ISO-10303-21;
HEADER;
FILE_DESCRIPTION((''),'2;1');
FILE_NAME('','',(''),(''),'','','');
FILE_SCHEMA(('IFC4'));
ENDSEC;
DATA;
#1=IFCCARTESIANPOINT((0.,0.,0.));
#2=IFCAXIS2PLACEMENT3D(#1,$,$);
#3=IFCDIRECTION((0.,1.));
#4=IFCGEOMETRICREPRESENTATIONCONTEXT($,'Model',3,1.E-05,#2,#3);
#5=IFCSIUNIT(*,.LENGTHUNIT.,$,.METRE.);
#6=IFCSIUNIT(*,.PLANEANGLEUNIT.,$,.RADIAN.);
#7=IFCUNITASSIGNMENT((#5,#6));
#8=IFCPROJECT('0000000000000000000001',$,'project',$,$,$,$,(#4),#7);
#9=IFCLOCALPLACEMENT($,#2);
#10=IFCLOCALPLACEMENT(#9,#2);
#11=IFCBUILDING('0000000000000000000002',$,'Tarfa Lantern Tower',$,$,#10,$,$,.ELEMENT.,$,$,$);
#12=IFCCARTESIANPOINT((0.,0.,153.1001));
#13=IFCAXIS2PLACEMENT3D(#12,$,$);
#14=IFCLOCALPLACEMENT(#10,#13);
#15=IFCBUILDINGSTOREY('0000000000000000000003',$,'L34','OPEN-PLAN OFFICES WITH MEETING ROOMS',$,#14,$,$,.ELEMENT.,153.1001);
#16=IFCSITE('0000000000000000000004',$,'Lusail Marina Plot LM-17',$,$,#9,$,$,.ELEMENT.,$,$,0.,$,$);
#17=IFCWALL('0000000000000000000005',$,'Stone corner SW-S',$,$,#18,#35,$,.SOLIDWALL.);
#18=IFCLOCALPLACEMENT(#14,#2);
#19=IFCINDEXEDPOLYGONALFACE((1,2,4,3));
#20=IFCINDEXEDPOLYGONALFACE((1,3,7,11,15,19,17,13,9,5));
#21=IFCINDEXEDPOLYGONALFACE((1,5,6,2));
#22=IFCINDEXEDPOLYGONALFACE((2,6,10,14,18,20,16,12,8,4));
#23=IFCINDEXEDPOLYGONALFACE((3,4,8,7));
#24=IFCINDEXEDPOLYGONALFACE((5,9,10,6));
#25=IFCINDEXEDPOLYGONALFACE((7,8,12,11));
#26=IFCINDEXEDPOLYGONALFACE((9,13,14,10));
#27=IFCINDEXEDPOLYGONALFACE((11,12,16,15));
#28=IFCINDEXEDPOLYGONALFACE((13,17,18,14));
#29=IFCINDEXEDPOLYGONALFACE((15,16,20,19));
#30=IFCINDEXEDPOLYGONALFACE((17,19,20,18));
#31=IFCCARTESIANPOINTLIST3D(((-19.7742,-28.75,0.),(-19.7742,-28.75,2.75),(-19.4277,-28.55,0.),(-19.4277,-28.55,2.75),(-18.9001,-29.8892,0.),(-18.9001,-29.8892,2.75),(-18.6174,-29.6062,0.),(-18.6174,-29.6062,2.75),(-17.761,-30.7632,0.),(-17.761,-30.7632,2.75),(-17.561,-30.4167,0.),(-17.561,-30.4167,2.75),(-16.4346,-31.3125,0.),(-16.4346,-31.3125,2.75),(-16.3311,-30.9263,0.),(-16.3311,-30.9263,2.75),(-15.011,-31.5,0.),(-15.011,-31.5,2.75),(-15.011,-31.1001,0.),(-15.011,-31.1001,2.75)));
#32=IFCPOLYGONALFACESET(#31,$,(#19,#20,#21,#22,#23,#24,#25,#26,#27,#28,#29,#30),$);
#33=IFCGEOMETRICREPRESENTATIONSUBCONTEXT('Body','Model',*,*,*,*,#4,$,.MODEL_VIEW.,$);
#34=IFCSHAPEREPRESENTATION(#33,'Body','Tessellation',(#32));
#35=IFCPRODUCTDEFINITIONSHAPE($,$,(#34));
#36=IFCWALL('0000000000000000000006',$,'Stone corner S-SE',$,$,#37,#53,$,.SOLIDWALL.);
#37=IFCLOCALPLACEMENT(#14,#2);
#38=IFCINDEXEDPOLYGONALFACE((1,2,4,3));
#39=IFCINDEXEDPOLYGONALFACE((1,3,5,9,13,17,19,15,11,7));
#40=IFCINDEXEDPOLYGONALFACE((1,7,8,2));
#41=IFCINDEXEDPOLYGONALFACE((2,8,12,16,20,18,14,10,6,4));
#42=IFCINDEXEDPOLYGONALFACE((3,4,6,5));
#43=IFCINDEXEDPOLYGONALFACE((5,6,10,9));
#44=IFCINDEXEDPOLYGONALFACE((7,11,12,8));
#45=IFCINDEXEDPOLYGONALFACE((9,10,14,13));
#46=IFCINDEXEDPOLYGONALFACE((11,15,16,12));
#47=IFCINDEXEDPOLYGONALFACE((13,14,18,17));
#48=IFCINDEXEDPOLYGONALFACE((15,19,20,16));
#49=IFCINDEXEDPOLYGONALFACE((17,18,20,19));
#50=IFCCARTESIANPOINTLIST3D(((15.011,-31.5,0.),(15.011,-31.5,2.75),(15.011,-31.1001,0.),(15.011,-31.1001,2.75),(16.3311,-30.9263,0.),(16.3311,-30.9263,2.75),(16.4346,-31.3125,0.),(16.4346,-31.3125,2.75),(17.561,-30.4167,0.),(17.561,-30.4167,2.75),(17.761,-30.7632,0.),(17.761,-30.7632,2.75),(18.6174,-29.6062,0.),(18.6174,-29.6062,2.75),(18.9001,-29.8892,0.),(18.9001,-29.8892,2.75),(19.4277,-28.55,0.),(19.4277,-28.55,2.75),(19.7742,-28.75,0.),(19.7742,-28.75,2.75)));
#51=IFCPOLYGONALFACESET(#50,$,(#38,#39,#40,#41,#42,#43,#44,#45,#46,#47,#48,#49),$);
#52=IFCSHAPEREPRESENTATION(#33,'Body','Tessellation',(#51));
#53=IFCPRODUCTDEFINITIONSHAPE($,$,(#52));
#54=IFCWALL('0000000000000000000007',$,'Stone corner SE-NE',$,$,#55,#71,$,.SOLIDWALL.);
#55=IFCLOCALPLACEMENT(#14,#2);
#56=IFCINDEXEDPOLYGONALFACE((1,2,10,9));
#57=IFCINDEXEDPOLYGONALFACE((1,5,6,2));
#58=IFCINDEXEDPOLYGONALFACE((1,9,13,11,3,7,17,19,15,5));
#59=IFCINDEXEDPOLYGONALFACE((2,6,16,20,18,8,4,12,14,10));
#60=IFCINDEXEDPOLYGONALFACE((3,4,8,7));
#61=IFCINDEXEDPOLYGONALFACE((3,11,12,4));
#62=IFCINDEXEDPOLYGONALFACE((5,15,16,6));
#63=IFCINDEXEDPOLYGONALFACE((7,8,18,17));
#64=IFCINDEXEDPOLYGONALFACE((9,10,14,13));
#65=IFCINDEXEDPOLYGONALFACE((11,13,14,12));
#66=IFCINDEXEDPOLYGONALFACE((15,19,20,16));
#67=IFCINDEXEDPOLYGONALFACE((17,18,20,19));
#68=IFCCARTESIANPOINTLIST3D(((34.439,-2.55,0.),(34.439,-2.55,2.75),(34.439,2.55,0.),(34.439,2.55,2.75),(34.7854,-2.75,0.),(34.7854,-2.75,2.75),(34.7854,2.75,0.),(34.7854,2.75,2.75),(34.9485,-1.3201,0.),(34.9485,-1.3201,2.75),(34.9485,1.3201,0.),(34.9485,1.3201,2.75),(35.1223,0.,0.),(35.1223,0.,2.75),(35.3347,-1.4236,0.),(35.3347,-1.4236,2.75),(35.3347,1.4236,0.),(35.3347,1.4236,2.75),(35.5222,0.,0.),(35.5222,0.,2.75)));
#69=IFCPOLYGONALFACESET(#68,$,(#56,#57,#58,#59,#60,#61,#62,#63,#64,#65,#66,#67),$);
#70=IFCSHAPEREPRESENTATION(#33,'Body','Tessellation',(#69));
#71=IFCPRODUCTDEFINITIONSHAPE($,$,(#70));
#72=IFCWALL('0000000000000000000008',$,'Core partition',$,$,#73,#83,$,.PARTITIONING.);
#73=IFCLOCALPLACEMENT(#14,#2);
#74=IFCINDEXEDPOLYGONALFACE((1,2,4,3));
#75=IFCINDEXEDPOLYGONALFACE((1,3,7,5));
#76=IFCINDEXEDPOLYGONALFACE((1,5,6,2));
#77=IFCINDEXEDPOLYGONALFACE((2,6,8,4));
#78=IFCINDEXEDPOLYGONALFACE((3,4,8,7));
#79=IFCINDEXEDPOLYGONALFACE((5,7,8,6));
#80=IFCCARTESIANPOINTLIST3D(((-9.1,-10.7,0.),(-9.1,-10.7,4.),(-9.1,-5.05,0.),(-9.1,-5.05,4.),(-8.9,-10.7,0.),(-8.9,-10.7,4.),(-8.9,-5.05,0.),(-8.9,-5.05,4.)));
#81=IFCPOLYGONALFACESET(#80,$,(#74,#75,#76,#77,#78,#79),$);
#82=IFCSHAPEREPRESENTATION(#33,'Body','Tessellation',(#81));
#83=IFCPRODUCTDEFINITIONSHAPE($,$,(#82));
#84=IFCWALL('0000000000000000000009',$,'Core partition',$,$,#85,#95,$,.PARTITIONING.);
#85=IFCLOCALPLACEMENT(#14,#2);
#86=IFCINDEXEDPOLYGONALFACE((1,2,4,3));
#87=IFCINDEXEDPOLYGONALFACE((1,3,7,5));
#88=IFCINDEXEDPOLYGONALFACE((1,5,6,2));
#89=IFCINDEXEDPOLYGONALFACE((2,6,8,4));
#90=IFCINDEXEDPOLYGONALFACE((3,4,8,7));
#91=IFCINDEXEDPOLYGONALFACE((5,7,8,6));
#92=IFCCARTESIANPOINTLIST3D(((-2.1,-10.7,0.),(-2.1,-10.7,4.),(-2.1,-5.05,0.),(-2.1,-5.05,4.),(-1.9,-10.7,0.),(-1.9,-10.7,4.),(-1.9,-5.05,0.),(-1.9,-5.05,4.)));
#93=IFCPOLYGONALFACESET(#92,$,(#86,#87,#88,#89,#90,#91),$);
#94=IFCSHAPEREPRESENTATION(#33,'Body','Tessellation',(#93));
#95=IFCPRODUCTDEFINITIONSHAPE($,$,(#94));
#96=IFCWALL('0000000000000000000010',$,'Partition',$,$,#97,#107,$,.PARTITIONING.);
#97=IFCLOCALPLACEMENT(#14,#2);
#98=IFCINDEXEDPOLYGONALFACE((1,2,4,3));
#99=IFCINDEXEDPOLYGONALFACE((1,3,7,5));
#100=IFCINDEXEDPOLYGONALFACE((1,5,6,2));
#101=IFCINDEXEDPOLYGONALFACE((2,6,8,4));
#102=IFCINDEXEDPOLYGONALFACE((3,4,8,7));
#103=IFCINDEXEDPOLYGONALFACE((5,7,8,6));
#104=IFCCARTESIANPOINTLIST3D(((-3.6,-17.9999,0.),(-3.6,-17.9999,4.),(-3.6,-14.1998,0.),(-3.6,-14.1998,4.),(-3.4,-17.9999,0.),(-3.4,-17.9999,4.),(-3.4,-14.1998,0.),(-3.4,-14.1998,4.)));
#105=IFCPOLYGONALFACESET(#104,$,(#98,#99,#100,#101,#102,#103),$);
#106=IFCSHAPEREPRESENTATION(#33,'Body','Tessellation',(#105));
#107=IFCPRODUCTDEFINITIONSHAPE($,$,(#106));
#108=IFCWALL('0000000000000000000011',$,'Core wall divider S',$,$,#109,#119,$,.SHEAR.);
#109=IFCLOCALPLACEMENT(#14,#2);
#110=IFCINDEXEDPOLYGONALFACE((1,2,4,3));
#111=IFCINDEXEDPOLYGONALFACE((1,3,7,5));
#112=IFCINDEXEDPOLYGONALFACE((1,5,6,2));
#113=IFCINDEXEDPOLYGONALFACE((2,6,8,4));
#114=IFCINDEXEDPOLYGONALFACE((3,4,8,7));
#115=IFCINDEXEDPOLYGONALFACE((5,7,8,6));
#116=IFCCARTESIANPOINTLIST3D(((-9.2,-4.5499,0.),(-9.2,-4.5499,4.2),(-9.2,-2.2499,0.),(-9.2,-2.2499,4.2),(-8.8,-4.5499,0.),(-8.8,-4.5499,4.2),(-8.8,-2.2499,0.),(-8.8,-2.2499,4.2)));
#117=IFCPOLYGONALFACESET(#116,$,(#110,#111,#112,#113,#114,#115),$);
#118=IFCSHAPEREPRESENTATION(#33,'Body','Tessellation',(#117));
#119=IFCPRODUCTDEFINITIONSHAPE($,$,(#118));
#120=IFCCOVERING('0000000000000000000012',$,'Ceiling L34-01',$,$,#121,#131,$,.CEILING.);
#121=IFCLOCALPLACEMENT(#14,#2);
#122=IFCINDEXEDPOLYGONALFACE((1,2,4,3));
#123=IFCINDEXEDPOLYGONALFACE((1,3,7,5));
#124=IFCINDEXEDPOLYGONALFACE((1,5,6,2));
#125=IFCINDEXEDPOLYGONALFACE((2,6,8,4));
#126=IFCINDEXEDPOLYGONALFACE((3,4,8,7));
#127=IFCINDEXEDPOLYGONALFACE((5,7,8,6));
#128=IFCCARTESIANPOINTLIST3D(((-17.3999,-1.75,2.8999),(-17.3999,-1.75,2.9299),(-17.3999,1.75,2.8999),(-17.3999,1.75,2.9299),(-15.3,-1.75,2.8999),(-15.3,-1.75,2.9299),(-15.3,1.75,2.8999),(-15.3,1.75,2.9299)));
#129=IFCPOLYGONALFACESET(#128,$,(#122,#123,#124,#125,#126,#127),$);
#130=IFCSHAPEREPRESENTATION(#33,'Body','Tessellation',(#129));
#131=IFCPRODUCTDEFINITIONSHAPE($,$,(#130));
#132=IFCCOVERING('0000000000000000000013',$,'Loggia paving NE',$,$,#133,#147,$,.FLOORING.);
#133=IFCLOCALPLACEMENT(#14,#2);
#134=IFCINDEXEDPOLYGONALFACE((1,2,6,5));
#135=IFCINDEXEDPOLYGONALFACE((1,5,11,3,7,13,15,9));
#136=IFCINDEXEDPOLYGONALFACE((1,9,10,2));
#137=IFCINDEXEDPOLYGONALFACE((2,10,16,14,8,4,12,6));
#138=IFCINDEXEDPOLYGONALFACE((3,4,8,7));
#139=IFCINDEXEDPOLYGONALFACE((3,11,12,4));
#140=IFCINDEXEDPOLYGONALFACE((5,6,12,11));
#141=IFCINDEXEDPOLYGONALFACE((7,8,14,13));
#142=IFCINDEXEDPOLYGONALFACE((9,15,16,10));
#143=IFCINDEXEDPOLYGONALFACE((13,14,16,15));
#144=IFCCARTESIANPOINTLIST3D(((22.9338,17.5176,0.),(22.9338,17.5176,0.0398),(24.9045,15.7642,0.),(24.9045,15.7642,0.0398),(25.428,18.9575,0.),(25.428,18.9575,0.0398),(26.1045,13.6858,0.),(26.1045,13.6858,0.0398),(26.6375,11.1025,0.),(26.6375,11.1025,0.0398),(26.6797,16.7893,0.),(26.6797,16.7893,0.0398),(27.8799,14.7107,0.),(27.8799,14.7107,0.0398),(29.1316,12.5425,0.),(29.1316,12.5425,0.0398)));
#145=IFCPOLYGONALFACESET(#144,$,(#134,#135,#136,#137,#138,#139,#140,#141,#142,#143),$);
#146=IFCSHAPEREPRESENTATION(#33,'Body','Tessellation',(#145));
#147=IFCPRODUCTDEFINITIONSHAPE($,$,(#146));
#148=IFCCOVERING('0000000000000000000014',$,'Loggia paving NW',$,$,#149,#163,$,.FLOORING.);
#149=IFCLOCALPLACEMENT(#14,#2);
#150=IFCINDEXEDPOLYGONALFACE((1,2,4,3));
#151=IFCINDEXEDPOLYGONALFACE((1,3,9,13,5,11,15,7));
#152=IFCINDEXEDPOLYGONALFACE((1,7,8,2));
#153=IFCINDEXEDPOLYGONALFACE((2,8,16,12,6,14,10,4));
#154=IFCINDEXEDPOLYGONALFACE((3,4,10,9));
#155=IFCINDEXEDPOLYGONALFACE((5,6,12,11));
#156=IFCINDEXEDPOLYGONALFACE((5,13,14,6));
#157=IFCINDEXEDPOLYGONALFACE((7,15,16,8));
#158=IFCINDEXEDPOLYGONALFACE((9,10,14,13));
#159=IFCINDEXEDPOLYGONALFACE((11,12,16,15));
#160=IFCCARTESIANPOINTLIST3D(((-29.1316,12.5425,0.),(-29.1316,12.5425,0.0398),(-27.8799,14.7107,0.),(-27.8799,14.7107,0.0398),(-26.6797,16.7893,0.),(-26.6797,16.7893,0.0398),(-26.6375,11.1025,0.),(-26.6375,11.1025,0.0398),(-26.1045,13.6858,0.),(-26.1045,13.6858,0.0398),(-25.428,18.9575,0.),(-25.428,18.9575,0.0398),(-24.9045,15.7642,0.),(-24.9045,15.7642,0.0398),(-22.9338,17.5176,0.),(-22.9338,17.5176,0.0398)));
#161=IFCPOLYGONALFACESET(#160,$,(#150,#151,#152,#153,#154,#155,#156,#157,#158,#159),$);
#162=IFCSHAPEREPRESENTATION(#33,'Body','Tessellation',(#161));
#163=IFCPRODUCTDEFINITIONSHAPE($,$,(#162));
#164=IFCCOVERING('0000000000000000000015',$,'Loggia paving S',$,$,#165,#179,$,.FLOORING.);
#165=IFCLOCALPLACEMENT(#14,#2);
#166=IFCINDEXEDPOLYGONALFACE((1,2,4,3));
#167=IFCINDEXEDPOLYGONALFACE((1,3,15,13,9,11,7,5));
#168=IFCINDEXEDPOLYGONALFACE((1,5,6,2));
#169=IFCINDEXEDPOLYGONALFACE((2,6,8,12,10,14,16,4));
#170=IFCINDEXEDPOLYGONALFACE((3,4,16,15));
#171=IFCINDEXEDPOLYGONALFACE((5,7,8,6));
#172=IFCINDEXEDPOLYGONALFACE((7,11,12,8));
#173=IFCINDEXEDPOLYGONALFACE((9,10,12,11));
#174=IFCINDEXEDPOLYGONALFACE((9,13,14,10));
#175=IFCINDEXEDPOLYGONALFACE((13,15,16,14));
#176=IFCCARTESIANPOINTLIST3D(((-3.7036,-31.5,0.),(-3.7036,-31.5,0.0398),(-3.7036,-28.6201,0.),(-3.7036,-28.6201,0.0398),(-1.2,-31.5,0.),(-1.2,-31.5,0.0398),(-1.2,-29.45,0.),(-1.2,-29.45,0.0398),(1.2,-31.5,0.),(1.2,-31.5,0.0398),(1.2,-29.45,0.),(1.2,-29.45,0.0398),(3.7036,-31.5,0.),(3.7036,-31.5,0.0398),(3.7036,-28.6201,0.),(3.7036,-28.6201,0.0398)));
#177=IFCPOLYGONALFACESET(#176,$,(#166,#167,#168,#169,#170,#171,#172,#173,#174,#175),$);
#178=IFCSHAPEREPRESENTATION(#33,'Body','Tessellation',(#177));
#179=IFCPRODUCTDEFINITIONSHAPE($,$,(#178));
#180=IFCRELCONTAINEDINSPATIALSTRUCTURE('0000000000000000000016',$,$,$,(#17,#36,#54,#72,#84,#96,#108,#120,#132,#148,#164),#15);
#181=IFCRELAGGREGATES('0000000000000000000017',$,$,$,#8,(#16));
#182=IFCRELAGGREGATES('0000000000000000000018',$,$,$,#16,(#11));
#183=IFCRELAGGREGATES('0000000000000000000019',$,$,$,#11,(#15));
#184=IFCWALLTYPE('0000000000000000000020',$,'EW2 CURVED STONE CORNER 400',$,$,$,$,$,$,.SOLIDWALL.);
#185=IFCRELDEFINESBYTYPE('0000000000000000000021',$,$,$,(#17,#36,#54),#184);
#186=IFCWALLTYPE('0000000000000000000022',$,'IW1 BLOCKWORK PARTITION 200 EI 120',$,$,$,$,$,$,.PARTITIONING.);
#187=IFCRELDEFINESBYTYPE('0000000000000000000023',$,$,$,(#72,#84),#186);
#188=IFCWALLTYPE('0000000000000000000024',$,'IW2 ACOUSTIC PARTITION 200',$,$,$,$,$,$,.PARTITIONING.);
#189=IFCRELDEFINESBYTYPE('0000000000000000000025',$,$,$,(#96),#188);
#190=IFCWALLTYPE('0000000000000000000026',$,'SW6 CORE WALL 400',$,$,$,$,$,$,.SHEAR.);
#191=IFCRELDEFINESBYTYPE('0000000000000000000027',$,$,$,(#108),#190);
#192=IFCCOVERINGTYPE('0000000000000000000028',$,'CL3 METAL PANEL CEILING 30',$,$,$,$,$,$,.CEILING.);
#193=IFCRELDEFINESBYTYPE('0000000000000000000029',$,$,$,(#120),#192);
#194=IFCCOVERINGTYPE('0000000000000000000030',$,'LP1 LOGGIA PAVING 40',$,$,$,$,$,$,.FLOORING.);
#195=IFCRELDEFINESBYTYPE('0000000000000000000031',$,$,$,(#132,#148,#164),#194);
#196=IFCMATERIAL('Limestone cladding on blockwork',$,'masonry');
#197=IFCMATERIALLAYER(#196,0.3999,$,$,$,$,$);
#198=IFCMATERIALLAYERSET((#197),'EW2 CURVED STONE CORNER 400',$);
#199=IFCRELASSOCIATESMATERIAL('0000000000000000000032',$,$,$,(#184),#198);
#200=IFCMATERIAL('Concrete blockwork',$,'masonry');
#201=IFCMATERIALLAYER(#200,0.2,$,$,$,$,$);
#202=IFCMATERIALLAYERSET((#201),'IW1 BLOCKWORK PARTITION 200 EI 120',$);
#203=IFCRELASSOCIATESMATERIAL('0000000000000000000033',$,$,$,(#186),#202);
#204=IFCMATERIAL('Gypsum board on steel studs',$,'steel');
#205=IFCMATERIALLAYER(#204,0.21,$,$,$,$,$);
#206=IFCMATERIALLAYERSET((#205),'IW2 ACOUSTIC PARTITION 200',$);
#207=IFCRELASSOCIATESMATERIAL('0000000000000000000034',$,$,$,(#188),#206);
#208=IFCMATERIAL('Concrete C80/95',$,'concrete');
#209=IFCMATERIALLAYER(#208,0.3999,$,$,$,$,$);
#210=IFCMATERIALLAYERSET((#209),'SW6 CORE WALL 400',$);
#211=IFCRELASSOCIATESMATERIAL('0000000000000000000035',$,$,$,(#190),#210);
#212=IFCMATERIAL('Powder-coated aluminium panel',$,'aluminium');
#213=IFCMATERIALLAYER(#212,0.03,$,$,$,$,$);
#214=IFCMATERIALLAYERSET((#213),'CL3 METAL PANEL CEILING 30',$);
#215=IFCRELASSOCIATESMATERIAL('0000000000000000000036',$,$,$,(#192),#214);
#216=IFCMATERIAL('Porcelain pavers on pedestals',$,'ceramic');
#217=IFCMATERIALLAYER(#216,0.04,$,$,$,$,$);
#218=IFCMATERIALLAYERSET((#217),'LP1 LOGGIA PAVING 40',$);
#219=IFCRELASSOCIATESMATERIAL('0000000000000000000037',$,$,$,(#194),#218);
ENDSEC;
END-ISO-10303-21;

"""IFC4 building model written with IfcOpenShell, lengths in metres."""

from ifc_helpers import new_model, si_unit, direction, frame, frame_2d, origin, place, context, subcontext, project, spatial, polyline, rectangle, outline, extrude, material, layer, layer_set, type_object, element, save


model = new_model("IFC4")

# Units and contexts
model_context = context("Model", 3, precision=1e-05, world=origin(), true_north=direction((0.0, 1.0)))
body_context = subcontext(model_context, "Body", "Model", "MODEL_VIEW")
ifc_project = project(units=[si_unit("LENGTHUNIT", "METRE"), si_unit("PLANEANGLEUNIT", "RADIAN")], contexts=[model_context])

# Site, building, storey
site_placement = place(None, origin())
site = spatial("IfcSite", under=ifc_project, at=site_placement, Name="Lusail Marina Plot LM-17", CompositionType="ELEMENT", RefElevation=0.0)
building_placement = place(site_placement, origin())
building = spatial("IfcBuilding", under=site, at=building_placement, Name="Tarfa Lantern Tower", CompositionType="ELEMENT")
storey_placement = place(building_placement, frame((0.0, 0.0, 153.1001)))
storey = spatial("IfcBuildingStorey", under=building, at=storey_placement, Name="L34", Description="OPEN-PLAN OFFICES WITH MEETING ROOMS", CompositionType="ELEMENT", Elevation=153.1001)

# Walls
ifc_material_1 = material(Name="Limestone cladding on blockwork", Category="masonry")
ifc_layer_1 = layer(ifc_material_1, 0.3999)
ifc_layer_set_1 = layer_set([ifc_layer_1], Name="EW2 CURVED STONE CORNER 400")
wall_type_1 = type_object("IfcWallType", Name="EW2 CURVED STONE CORNER 400", PredefinedType="SOLIDWALL", material=ifc_layer_set_1)
wall_1_placement = place(storey_placement, origin())
element("IfcWall", 1, at=wall_1_placement, inside=storey, type_object=wall_type_1, Name="Stone corner SW-S", PredefinedType="SOLIDWALL", context=body_context, shape_type="SweptSolid", body=[
    extrude(outline(polyline([(-19.7742, -28.75), (-18.9001, -29.8892), (-17.761, -30.7632), (-16.4346, -31.3125), (-15.011, -31.5), (-15.011, -31.1001), (-16.3311, -30.9263), (-17.561, -30.4167), (-18.6174, -29.6062), (-19.4277, -28.55), (-19.7742, -28.75)])), origin(), (0.0, 0.0, 1.0), 2.75),
])
wall_2_placement = place(storey_placement, origin())
element("IfcWall", 2, at=wall_2_placement, inside=storey, type_object=wall_type_1, Name="Stone corner S-SE", PredefinedType="SOLIDWALL", context=body_context, shape_type="SweptSolid", body=[
    extrude(outline(polyline([(15.011, -31.5), (16.4346, -31.3125), (17.761, -30.7632), (18.9001, -29.8892), (19.7742, -28.75), (19.4277, -28.55), (18.6174, -29.6062), (17.561, -30.4167), (16.3311, -30.9263), (15.011, -31.1001), (15.011, -31.5)])), origin(), (0.0, 0.0, 1.0), 2.75),
])
wall_3_placement = place(storey_placement, origin())
element("IfcWall", 3, at=wall_3_placement, inside=storey, type_object=wall_type_1, Name="Stone corner SE-NE", PredefinedType="SOLIDWALL", context=body_context, shape_type="SweptSolid", body=[
    extrude(outline(polyline([(34.7854, -2.75), (35.3347, -1.4236), (35.5222, 0.0), (35.3347, 1.4236), (34.7854, 2.75), (34.439, 2.55), (34.9485, 1.3201), (35.1223, 0.0), (34.9485, -1.3201), (34.439, -2.55), (34.7854, -2.75)])), origin(), (0.0, 0.0, 1.0), 2.75),
])
ifc_material_2 = material(Name="Concrete blockwork", Category="masonry")
ifc_layer_2 = layer(ifc_material_2, 0.2)
ifc_layer_set_2 = layer_set([ifc_layer_2], Name="IW1 BLOCKWORK PARTITION 200 EI 120")
wall_type_2 = type_object("IfcWallType", Name="IW1 BLOCKWORK PARTITION 200 EI 120", PredefinedType="PARTITIONING", material=ifc_layer_set_2)
for number, where, z_axis, x_axis, name in (
    (4, (-9.0, -5.05, 0.0), (0.0, 0.0, 1.0), (0.0, -1.0, 0.0), "Core partition"),
    (5, (-2.0, -5.05, 0.0), (0.0, 0.0, 1.0), (0.0, -1.0, 0.0), "Core partition"),
):
    element("IfcWall", number, at=place(storey_placement, frame(where, z_axis=z_axis, x_axis=x_axis)), inside=storey, type_object=wall_type_2, Name=name, PredefinedType="PARTITIONING", context=body_context, shape_type="SweptSolid", body=[
        extrude(rectangle(XDim=5.6499, YDim=0.2, at=frame_2d((2.825, 0.0))), origin(), (0.0, 0.0, 1.0), 4.0),
    ])
ifc_material_3 = material(Name="Gypsum board on steel studs", Category="steel")
ifc_layer_3 = layer(ifc_material_3, 0.21)
ifc_layer_set_3 = layer_set([ifc_layer_3], Name="IW2 ACOUSTIC PARTITION 200")
wall_type_3 = type_object("IfcWallType", Name="IW2 ACOUSTIC PARTITION 200", PredefinedType="PARTITIONING", material=ifc_layer_set_3)
wall_4_placement = place(storey_placement, frame((-3.5, -14.2, 0.0), z_axis=(0.0, 0.0, 1.0), x_axis=(0.0, -1.0, 0.0)))
element("IfcWall", 6, at=wall_4_placement, inside=storey, type_object=wall_type_3, Name="Partition", PredefinedType="PARTITIONING", context=body_context, shape_type="SweptSolid", body=[
    extrude(rectangle(XDim=3.8, YDim=0.2, at=frame_2d((1.8999, 0.0))), origin(), (0.0, 0.0, 1.0), 4.0),
])
ifc_material_4 = material(Name="Concrete C80/95", Category="concrete")
ifc_layer_4 = layer(ifc_material_4, 0.3999)
ifc_layer_set_4 = layer_set([ifc_layer_4], Name="SW6 CORE WALL 400")
wall_type_4 = type_object("IfcWallType", Name="SW6 CORE WALL 400", PredefinedType="SHEAR", material=ifc_layer_set_4)
wall_5_placement = place(storey_placement, frame((-9.0, -2.25, 0.0), z_axis=(0.0, 0.0, 1.0), x_axis=(0.0, -1.0, 0.0)))
element("IfcWall", 7, at=wall_5_placement, inside=storey, type_object=wall_type_4, Name="Core wall divider S", PredefinedType="SHEAR", context=body_context, shape_type="SweptSolid", body=[
    extrude(rectangle(XDim=2.3, YDim=0.3999, at=frame_2d((1.1499, 0.0))), origin(), (0.0, 0.0, 1.0), 4.2),
])

# Coverings
ifc_material_5 = material(Name="Powder-coated aluminium panel", Category="aluminium")
ifc_layer_5 = layer(ifc_material_5, 0.03)
ifc_layer_set_5 = layer_set([ifc_layer_5], Name="CL3 METAL PANEL CEILING 30")
covering_type_1 = type_object("IfcCoveringType", Name="CL3 METAL PANEL CEILING 30", PredefinedType="CEILING", material=ifc_layer_set_5)
covering_1_placement = place(storey_placement, frame((0.0, 0.0, 2.8999)))
element("IfcCovering", 8, at=covering_1_placement, inside=storey, type_object=covering_type_1, Name="Ceiling L34-01", PredefinedType="CEILING", context=body_context, shape_type="SweptSolid", body=[
    extrude(outline(polyline([(-17.3999, -1.75), (-15.3, -1.75), (-15.3, 1.75), (-17.3999, 1.75), (-17.3999, -1.75)])), origin(), (0.0, 0.0, 1.0), 0.03),
])
ifc_material_6 = material(Name="Porcelain pavers on pedestals", Category="ceramic")
ifc_layer_6 = layer(ifc_material_6, 0.04)
ifc_layer_set_6 = layer_set([ifc_layer_6], Name="LP1 LOGGIA PAVING 40")
covering_type_2 = type_object("IfcCoveringType", Name="LP1 LOGGIA PAVING 40", PredefinedType="FLOORING", material=ifc_layer_set_6)
covering_2_placement = place(storey_placement, origin())
element("IfcCovering", 9, at=covering_2_placement, inside=storey, type_object=covering_type_2, Name="Loggia paving NE", PredefinedType="FLOORING", context=body_context, shape_type="SweptSolid", body=[
    extrude(outline(polyline([(29.1316, 12.5425), (26.6375, 11.1025), (22.9338, 17.5176), (25.428, 18.9575), (26.6797, 16.7893), (24.9045, 15.7642), (26.1045, 13.6858), (27.8799, 14.7107), (29.1316, 12.5425)])), origin(), (0.0, 0.0, 1.0), 0.0398),
])
covering_3_placement = place(storey_placement, origin())
element("IfcCovering", 10, at=covering_3_placement, inside=storey, type_object=covering_type_2, Name="Loggia paving NW", PredefinedType="FLOORING", context=body_context, shape_type="SweptSolid", body=[
    extrude(outline(polyline([(-25.428, 18.9575), (-22.9338, 17.5176), (-26.6375, 11.1025), (-29.1316, 12.5425), (-27.8799, 14.7107), (-26.1045, 13.6858), (-24.9045, 15.7642), (-26.6797, 16.7893), (-25.428, 18.9575)])), origin(), (0.0, 0.0, 1.0), 0.0398),
])
covering_4_placement = place(storey_placement, origin())
element("IfcCovering", 11, at=covering_4_placement, inside=storey, type_object=covering_type_2, Name="Loggia paving S", PredefinedType="FLOORING", context=body_context, shape_type="SweptSolid", body=[
    extrude(outline(polyline([(-3.7036, -31.5), (-3.7036, -28.6201), (3.7036, -28.6201), (3.7036, -31.5), (1.2, -31.5), (1.2, -29.45), (-1.2, -29.45), (-1.2, -31.5), (-3.7036, -31.5)])), origin(), (0.0, 0.0, 1.0), 0.0398),
])

save(model, "model.ifc")
